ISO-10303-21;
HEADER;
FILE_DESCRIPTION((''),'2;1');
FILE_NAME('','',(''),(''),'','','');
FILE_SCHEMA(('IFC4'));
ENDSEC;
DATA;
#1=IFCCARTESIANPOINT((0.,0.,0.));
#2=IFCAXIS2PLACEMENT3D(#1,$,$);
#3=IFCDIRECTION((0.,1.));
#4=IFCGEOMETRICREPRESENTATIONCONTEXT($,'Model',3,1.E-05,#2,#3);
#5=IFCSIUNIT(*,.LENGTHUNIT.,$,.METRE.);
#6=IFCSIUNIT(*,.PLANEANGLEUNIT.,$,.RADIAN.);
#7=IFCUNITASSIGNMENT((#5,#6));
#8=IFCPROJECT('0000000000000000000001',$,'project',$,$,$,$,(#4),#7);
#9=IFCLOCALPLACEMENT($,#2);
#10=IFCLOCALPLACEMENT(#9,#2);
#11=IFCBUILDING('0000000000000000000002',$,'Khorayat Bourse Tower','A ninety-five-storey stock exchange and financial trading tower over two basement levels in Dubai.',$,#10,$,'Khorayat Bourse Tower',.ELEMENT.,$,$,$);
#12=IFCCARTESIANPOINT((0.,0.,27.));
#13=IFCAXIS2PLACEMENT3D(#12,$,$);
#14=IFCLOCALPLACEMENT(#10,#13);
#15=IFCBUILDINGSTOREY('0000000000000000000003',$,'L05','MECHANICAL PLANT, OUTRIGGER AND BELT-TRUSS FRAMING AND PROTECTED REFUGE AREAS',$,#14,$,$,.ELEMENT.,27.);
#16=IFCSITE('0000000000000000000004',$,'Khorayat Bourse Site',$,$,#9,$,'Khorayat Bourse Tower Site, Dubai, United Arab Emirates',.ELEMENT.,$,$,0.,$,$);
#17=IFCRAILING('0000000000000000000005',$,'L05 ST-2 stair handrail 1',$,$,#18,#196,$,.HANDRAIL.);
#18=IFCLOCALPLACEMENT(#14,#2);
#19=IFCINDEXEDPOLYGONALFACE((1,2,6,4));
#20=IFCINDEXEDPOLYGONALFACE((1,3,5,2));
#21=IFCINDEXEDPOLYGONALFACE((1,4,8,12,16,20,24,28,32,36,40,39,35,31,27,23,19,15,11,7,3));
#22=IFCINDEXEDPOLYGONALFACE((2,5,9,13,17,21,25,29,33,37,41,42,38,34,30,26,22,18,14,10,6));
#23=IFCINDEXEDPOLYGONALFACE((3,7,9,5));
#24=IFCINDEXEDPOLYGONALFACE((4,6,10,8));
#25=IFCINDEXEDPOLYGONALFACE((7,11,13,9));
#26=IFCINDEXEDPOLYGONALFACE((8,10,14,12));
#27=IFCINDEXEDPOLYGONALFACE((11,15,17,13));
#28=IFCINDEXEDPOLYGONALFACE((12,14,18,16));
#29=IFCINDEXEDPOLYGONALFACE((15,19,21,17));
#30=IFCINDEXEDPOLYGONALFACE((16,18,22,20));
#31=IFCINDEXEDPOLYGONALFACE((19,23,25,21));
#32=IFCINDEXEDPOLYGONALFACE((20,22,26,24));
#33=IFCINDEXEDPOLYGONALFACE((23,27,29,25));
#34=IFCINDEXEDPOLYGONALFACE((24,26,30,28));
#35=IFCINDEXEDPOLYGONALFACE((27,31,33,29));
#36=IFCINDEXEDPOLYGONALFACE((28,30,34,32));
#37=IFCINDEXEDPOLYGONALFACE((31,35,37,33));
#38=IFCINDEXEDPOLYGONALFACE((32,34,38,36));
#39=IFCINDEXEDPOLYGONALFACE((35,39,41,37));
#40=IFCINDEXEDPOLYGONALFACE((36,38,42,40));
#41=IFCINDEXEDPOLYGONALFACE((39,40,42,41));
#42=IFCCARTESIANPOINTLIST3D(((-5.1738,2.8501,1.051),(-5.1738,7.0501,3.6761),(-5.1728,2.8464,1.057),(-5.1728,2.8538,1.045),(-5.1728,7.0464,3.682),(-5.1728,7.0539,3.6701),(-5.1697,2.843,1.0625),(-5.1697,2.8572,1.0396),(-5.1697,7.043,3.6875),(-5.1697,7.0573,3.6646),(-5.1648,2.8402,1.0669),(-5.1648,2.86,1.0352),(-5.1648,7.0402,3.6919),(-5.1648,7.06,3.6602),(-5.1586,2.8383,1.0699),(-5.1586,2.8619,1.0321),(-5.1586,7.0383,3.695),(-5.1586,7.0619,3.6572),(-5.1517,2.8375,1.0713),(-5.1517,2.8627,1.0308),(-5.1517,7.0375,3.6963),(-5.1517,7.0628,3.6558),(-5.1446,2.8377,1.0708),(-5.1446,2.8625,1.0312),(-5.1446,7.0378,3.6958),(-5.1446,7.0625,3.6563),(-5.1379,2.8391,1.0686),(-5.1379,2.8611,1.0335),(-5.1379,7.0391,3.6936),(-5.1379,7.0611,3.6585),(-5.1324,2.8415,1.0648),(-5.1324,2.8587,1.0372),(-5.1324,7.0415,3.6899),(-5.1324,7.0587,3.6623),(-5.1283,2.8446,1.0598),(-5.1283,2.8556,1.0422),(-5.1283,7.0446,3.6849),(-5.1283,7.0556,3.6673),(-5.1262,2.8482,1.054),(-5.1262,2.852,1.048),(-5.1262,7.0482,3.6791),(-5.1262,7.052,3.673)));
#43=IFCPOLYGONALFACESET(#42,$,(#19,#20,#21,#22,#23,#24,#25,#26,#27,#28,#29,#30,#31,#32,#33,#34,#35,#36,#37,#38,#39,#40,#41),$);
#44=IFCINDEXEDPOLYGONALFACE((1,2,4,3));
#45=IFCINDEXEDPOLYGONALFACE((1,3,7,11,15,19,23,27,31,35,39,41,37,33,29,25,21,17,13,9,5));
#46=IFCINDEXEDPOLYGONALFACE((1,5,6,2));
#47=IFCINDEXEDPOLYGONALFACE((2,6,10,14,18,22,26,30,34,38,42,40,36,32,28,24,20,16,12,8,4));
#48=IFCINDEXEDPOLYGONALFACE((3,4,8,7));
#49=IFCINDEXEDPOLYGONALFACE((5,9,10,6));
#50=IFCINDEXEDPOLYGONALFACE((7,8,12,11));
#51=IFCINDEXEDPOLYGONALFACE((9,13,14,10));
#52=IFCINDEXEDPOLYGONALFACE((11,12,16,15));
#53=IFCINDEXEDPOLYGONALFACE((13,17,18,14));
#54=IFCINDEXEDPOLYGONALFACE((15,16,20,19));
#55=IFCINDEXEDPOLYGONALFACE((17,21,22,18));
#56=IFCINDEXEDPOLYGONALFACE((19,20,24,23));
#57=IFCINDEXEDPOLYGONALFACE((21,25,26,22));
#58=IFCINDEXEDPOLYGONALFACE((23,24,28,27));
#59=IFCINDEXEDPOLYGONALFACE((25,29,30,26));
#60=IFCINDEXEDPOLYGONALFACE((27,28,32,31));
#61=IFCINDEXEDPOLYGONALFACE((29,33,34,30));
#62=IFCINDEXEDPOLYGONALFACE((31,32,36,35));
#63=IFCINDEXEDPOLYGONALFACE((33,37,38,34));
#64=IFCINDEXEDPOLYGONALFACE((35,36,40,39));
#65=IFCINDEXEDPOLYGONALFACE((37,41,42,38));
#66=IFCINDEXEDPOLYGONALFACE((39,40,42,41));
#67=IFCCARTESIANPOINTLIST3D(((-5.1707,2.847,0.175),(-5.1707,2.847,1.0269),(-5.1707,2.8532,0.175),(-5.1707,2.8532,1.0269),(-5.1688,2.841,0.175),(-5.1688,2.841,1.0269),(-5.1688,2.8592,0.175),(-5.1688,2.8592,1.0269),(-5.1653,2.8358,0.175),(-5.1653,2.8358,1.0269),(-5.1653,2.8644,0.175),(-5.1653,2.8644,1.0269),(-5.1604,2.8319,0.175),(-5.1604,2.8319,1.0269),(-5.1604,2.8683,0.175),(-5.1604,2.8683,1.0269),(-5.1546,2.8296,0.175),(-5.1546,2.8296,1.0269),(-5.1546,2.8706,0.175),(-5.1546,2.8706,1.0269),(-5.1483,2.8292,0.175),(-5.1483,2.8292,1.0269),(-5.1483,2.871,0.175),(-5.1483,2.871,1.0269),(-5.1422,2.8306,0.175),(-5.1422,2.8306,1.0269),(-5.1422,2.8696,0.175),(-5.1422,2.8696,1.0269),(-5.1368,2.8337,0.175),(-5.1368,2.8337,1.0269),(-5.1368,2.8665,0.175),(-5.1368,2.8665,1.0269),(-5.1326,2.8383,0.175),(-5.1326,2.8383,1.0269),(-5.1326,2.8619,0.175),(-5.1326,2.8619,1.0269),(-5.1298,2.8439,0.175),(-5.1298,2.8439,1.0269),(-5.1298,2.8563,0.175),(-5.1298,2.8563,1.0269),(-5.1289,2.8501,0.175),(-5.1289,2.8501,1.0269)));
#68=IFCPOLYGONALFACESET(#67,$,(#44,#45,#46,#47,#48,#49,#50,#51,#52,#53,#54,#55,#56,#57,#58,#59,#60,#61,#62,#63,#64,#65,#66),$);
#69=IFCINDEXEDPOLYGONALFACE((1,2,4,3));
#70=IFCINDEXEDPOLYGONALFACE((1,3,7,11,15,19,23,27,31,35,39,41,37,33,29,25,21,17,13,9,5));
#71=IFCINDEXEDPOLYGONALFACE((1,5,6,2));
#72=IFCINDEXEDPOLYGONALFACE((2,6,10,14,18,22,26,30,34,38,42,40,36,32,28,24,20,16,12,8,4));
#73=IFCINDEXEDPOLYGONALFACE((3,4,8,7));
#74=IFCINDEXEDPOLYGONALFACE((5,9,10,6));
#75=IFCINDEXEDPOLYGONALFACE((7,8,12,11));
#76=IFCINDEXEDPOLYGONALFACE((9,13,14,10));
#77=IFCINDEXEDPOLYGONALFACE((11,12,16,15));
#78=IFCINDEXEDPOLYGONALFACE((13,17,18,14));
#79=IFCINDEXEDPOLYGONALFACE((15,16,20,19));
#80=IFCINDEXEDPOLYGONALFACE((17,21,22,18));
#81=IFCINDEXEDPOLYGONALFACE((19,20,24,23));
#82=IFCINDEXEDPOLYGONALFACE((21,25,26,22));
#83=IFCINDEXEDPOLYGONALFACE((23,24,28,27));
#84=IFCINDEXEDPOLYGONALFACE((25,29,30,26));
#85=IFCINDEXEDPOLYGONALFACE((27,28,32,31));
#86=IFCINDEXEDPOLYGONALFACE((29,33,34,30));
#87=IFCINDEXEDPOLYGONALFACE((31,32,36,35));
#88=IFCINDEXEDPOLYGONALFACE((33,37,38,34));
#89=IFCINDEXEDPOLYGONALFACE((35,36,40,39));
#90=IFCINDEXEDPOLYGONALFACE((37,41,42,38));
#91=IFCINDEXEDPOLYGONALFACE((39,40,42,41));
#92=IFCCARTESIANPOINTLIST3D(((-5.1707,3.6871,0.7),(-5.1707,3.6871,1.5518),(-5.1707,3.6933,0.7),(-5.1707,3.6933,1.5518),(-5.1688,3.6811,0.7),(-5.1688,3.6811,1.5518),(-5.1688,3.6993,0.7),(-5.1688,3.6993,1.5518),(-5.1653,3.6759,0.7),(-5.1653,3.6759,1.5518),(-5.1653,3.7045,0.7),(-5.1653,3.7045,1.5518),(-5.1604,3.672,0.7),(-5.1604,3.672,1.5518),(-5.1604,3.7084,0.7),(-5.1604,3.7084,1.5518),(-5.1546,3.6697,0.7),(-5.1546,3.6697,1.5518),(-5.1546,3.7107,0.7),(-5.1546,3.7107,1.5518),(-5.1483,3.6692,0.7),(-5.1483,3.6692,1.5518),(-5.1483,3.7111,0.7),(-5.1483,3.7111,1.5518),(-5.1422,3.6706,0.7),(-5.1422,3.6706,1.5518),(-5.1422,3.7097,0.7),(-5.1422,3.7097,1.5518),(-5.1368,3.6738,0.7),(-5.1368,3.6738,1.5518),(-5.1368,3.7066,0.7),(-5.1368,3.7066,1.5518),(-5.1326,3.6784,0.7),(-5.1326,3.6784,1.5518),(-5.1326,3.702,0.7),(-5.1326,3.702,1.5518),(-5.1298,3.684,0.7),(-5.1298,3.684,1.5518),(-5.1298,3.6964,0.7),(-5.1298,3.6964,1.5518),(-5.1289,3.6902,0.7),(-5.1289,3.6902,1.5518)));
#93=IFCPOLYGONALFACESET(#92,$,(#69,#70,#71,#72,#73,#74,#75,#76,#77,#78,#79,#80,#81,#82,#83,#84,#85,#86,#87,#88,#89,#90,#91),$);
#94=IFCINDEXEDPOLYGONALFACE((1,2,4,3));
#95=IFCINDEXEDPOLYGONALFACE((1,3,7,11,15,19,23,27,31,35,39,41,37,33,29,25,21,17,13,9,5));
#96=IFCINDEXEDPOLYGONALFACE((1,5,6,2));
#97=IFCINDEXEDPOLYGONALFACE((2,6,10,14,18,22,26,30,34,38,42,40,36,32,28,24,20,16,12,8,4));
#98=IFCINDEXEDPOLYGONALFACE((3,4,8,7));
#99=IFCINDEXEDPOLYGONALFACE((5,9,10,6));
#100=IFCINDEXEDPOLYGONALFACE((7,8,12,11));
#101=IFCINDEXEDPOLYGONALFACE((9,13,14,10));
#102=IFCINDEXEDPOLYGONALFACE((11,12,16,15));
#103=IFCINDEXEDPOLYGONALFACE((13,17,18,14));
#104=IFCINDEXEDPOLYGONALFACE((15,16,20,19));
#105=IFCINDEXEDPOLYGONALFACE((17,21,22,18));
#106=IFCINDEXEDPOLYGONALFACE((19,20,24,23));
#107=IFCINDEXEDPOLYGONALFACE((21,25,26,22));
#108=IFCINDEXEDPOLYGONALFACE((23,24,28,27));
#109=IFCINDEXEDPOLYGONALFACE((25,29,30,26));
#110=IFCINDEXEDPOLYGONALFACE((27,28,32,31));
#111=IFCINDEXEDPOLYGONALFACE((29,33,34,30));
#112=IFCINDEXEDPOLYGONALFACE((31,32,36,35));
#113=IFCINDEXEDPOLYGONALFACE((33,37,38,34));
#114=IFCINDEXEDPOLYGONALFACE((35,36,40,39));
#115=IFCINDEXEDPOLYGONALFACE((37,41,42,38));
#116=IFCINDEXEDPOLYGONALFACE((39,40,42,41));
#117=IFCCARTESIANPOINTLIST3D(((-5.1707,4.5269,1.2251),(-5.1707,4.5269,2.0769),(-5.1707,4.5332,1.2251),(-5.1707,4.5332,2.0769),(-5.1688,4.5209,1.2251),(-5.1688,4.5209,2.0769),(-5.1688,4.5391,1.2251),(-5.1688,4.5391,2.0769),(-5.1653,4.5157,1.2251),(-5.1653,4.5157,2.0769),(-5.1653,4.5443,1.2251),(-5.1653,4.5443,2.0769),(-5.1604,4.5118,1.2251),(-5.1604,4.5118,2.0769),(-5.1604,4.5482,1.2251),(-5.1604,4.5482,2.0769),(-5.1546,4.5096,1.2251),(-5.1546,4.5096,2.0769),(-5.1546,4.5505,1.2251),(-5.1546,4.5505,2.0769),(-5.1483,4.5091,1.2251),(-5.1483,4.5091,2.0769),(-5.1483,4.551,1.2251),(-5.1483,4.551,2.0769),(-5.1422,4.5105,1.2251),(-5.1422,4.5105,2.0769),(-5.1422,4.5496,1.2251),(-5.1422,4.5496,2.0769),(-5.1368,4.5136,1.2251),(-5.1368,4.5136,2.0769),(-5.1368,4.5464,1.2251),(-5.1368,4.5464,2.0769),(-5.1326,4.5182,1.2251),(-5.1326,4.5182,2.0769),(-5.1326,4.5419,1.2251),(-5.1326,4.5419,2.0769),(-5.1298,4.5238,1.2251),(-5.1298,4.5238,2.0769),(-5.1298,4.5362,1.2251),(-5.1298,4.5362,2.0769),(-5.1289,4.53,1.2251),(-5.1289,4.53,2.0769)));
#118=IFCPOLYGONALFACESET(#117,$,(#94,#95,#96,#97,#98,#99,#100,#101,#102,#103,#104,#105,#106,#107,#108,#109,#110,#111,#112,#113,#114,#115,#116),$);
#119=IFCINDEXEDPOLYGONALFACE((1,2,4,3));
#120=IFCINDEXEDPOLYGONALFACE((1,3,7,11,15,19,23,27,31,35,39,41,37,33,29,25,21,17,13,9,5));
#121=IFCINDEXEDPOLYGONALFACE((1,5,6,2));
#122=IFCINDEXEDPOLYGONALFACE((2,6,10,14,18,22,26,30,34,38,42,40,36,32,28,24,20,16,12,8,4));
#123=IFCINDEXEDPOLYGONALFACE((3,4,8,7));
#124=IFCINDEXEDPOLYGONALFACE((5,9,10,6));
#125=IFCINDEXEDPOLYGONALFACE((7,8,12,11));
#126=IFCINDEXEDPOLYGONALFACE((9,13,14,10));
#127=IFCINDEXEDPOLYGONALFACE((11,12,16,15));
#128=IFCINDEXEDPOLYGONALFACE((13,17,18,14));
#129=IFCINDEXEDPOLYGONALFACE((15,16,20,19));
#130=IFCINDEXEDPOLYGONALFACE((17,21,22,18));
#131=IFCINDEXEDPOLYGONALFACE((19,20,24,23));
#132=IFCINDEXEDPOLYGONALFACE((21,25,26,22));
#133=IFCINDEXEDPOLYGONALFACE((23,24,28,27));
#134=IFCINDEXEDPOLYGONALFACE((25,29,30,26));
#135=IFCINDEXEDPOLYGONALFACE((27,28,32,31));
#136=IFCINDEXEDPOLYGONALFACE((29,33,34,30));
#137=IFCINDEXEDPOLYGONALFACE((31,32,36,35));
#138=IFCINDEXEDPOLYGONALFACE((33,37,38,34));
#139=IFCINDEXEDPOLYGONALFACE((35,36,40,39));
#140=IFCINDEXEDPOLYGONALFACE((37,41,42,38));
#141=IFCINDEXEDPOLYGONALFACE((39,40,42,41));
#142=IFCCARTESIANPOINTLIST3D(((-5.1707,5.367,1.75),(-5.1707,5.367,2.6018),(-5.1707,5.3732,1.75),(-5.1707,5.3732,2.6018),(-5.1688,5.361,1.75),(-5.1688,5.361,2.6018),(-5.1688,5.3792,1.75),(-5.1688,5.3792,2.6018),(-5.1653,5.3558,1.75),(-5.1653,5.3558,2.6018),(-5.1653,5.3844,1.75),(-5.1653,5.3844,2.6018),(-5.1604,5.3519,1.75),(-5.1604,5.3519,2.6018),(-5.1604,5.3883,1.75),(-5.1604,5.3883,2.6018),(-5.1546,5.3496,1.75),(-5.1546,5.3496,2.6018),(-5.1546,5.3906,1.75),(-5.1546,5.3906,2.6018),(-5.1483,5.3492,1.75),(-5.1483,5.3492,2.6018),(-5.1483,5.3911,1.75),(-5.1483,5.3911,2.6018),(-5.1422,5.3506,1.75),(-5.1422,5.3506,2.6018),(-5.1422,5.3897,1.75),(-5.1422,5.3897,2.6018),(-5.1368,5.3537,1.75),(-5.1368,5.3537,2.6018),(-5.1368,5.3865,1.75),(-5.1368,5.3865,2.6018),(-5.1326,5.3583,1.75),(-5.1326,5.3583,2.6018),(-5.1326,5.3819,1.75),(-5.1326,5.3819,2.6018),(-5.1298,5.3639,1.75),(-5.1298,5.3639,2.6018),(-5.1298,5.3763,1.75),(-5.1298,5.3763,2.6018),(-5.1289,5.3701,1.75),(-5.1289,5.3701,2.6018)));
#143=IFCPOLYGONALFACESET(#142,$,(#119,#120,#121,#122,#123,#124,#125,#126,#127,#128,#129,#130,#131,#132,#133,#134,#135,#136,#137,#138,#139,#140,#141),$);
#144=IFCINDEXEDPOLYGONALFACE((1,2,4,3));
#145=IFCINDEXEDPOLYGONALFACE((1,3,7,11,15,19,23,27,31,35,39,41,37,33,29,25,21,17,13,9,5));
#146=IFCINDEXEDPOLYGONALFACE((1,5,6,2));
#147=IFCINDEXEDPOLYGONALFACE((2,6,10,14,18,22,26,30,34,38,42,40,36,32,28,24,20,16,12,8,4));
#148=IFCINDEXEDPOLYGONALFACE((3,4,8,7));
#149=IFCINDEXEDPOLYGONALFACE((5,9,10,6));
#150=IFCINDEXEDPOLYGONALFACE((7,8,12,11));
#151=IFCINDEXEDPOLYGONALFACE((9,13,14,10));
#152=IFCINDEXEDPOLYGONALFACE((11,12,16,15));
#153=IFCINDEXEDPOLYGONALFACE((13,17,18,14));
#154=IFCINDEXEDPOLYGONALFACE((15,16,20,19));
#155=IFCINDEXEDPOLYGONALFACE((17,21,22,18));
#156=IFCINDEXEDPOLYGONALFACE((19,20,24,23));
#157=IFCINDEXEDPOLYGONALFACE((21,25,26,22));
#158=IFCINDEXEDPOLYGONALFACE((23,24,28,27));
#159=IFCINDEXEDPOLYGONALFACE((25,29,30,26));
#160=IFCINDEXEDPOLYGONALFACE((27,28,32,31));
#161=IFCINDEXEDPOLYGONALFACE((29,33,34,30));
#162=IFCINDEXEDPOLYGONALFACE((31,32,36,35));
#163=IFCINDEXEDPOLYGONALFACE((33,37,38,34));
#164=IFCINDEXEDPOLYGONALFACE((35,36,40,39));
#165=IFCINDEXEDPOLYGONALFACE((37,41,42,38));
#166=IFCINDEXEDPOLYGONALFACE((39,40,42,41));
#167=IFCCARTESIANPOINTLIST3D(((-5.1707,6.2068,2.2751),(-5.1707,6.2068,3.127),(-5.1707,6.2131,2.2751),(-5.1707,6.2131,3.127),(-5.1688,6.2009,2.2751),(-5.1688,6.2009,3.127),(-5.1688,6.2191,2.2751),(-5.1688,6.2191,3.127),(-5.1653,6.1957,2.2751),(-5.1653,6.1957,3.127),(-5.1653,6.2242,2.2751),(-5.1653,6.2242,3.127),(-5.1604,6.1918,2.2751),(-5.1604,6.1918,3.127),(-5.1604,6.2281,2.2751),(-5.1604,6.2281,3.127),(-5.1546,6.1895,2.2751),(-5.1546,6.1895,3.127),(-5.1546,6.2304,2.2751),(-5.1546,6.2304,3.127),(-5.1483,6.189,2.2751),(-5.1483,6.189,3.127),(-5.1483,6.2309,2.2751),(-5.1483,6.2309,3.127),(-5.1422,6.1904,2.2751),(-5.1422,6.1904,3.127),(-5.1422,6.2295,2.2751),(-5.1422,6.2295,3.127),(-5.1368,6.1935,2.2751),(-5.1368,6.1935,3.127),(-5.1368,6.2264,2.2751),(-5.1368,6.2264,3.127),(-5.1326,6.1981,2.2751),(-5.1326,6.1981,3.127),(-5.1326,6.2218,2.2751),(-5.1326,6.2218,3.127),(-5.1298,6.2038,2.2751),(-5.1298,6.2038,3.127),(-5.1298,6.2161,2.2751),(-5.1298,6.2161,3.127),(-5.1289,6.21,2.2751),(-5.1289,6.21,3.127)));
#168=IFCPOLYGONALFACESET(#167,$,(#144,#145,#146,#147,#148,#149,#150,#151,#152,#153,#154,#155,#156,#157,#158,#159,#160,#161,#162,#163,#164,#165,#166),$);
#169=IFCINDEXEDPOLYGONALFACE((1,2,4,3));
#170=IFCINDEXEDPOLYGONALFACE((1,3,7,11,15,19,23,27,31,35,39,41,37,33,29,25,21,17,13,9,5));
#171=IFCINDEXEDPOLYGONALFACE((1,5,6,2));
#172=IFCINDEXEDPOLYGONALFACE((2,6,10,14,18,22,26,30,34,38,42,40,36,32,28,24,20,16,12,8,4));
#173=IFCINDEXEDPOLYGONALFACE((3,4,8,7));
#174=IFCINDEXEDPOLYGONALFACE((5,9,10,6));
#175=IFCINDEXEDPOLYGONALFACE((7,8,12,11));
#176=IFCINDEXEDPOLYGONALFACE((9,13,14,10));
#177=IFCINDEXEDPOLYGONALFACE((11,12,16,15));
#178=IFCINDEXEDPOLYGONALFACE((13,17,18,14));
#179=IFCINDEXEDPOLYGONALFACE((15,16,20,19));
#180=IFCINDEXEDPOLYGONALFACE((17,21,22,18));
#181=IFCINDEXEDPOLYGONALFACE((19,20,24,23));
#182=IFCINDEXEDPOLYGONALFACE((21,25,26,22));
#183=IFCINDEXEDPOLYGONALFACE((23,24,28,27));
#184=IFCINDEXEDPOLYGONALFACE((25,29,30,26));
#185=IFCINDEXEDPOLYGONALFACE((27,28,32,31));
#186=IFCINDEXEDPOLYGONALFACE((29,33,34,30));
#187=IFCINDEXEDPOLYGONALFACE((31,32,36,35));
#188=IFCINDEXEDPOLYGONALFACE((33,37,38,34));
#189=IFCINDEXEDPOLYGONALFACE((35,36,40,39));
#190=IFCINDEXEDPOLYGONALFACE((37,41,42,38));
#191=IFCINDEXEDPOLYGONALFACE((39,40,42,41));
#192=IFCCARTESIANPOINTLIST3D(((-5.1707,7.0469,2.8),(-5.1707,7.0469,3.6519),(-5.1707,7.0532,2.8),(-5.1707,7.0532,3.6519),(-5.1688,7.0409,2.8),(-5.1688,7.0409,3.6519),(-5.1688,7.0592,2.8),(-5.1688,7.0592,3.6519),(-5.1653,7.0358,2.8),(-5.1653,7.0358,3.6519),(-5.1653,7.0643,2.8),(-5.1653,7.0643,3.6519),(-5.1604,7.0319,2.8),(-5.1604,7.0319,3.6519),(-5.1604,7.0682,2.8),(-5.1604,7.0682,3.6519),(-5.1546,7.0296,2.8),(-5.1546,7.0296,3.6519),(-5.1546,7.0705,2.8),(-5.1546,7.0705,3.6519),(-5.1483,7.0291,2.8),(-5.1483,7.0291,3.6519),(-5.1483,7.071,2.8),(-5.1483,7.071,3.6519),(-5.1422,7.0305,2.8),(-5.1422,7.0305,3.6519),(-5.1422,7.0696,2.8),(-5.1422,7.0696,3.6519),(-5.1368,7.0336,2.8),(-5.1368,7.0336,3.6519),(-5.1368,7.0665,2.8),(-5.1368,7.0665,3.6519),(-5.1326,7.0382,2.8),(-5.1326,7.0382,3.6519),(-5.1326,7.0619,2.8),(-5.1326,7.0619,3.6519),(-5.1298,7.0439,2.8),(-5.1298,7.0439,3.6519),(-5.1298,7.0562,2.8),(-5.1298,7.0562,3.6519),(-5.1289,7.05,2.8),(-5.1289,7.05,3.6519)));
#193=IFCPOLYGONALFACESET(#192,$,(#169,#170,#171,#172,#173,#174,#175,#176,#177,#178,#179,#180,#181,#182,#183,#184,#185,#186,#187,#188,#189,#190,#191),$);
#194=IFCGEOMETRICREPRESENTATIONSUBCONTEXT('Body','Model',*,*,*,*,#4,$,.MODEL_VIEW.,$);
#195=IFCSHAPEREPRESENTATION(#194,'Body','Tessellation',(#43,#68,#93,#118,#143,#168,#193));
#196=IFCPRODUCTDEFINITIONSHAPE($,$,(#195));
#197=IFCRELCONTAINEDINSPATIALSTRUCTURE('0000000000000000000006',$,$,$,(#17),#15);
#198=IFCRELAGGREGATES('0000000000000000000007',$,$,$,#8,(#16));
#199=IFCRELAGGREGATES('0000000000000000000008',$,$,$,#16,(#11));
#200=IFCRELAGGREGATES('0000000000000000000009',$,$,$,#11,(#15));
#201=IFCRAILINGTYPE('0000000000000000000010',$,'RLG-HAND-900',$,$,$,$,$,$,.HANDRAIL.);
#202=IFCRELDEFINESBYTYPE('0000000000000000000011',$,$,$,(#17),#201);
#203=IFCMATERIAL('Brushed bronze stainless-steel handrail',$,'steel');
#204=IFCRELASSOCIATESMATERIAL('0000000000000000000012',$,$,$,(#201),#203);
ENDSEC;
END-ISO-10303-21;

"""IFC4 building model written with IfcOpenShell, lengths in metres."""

from ifc_helpers import new_model, si_unit, direction, frame, origin, origin_2d, place, context, subcontext, project, spatial, circle, extrude, source, transform, mapped, material, type_object, element, save


model = new_model("IFC4")

# Units and contexts
model_context = context("Model", 3, precision=1e-05, world=origin(), true_north=direction((0.0, 1.0)))
body_context = subcontext(model_context, "Body", "Model", "MODEL_VIEW")
ifc_project = project(units=[si_unit("LENGTHUNIT", "METRE"), si_unit("PLANEANGLEUNIT", "RADIAN")], contexts=[model_context])

# Site, building, storey
site_placement = place(None, origin())
site = spatial("IfcSite", under=ifc_project, at=site_placement, Name="Khorayat Bourse Site", LongName="Khorayat Bourse Tower Site, Dubai, United Arab Emirates", CompositionType="ELEMENT", RefElevation=0.0)
building_placement = place(site_placement, origin())
building = spatial("IfcBuilding", under=site, at=building_placement, Name="Khorayat Bourse Tower", Description="A ninety-five-storey stock exchange and financial trading tower over two basement levels in Dubai.", LongName="Khorayat Bourse Tower", CompositionType="ELEMENT")
storey_placement = place(building_placement, frame((0.0, 0.0, 27.0)))
storey = spatial("IfcBuildingStorey", under=building, at=storey_placement, Name="L05", Description="MECHANICAL PLANT, OUTRIGGER AND BELT-TRUSS FRAMING AND PROTECTED REFUGE AREAS", CompositionType="ELEMENT", Elevation=27.0)

# Railing
ifc_material_1 = material(Name="Brushed bronze stainless-steel handrail", Category="steel")
railing_type_1 = type_object("IfcRailingType", Name="RLG-HAND-900", PredefinedType="HANDRAIL", material=ifc_material_1)
shared_shape_1 = source(origin(), body_context, "Body", "SweptSolid", [
    extrude(circle(Radius=0.0239, at=origin_2d()), frame((0.0, 0.0, 0.876), z_axis=(0.0, 0.847996, 0.530003), x_axis=(-1.0, 0.0, 0.0)), (0.0, 0.0, 1.0), 4.9529),
    extrude(circle(Radius=0.021, at=origin_2d()), origin(), (0.0, 0.0, 1.0), 0.8518),
    extrude(circle(Radius=0.021, at=origin_2d()), frame((0.0, 0.8401, 0.5249)), (0.0, 0.0, 1.0), 0.8518),
    extrude(circle(Radius=0.021, at=origin_2d()), frame((0.0, 1.6799, 1.05)), (0.0, 0.0, 1.0), 0.8518),
    extrude(circle(Radius=0.021, at=origin_2d()), frame((0.0, 2.52, 1.575)), (0.0, 0.0, 1.0), 0.8518),
    extrude(circle(Radius=0.021, at=origin_2d()), frame((0.0, 3.3599, 2.1001)), (0.0, 0.0, 1.0), 0.8518),
    extrude(circle(Radius=0.021, at=origin_2d()), frame((0.0, 4.2, 2.625)), (0.0, 0.0, 1.0), 0.8518),
])
railing_1_placement = place(storey_placement, frame((-5.1499, 2.8501, 0.175)))
element("IfcRailing", 1, at=railing_1_placement, inside=storey, type_object=railing_type_1, Name="L05 ST-2 stair handrail 1", PredefinedType="HANDRAIL", context=body_context, shape_type="MappedRepresentation", body=[
    mapped(shared_shape_1, transform((0.0, 0.0, 0.0), scale=1.0)),
])

save(model, "model.ifc")
